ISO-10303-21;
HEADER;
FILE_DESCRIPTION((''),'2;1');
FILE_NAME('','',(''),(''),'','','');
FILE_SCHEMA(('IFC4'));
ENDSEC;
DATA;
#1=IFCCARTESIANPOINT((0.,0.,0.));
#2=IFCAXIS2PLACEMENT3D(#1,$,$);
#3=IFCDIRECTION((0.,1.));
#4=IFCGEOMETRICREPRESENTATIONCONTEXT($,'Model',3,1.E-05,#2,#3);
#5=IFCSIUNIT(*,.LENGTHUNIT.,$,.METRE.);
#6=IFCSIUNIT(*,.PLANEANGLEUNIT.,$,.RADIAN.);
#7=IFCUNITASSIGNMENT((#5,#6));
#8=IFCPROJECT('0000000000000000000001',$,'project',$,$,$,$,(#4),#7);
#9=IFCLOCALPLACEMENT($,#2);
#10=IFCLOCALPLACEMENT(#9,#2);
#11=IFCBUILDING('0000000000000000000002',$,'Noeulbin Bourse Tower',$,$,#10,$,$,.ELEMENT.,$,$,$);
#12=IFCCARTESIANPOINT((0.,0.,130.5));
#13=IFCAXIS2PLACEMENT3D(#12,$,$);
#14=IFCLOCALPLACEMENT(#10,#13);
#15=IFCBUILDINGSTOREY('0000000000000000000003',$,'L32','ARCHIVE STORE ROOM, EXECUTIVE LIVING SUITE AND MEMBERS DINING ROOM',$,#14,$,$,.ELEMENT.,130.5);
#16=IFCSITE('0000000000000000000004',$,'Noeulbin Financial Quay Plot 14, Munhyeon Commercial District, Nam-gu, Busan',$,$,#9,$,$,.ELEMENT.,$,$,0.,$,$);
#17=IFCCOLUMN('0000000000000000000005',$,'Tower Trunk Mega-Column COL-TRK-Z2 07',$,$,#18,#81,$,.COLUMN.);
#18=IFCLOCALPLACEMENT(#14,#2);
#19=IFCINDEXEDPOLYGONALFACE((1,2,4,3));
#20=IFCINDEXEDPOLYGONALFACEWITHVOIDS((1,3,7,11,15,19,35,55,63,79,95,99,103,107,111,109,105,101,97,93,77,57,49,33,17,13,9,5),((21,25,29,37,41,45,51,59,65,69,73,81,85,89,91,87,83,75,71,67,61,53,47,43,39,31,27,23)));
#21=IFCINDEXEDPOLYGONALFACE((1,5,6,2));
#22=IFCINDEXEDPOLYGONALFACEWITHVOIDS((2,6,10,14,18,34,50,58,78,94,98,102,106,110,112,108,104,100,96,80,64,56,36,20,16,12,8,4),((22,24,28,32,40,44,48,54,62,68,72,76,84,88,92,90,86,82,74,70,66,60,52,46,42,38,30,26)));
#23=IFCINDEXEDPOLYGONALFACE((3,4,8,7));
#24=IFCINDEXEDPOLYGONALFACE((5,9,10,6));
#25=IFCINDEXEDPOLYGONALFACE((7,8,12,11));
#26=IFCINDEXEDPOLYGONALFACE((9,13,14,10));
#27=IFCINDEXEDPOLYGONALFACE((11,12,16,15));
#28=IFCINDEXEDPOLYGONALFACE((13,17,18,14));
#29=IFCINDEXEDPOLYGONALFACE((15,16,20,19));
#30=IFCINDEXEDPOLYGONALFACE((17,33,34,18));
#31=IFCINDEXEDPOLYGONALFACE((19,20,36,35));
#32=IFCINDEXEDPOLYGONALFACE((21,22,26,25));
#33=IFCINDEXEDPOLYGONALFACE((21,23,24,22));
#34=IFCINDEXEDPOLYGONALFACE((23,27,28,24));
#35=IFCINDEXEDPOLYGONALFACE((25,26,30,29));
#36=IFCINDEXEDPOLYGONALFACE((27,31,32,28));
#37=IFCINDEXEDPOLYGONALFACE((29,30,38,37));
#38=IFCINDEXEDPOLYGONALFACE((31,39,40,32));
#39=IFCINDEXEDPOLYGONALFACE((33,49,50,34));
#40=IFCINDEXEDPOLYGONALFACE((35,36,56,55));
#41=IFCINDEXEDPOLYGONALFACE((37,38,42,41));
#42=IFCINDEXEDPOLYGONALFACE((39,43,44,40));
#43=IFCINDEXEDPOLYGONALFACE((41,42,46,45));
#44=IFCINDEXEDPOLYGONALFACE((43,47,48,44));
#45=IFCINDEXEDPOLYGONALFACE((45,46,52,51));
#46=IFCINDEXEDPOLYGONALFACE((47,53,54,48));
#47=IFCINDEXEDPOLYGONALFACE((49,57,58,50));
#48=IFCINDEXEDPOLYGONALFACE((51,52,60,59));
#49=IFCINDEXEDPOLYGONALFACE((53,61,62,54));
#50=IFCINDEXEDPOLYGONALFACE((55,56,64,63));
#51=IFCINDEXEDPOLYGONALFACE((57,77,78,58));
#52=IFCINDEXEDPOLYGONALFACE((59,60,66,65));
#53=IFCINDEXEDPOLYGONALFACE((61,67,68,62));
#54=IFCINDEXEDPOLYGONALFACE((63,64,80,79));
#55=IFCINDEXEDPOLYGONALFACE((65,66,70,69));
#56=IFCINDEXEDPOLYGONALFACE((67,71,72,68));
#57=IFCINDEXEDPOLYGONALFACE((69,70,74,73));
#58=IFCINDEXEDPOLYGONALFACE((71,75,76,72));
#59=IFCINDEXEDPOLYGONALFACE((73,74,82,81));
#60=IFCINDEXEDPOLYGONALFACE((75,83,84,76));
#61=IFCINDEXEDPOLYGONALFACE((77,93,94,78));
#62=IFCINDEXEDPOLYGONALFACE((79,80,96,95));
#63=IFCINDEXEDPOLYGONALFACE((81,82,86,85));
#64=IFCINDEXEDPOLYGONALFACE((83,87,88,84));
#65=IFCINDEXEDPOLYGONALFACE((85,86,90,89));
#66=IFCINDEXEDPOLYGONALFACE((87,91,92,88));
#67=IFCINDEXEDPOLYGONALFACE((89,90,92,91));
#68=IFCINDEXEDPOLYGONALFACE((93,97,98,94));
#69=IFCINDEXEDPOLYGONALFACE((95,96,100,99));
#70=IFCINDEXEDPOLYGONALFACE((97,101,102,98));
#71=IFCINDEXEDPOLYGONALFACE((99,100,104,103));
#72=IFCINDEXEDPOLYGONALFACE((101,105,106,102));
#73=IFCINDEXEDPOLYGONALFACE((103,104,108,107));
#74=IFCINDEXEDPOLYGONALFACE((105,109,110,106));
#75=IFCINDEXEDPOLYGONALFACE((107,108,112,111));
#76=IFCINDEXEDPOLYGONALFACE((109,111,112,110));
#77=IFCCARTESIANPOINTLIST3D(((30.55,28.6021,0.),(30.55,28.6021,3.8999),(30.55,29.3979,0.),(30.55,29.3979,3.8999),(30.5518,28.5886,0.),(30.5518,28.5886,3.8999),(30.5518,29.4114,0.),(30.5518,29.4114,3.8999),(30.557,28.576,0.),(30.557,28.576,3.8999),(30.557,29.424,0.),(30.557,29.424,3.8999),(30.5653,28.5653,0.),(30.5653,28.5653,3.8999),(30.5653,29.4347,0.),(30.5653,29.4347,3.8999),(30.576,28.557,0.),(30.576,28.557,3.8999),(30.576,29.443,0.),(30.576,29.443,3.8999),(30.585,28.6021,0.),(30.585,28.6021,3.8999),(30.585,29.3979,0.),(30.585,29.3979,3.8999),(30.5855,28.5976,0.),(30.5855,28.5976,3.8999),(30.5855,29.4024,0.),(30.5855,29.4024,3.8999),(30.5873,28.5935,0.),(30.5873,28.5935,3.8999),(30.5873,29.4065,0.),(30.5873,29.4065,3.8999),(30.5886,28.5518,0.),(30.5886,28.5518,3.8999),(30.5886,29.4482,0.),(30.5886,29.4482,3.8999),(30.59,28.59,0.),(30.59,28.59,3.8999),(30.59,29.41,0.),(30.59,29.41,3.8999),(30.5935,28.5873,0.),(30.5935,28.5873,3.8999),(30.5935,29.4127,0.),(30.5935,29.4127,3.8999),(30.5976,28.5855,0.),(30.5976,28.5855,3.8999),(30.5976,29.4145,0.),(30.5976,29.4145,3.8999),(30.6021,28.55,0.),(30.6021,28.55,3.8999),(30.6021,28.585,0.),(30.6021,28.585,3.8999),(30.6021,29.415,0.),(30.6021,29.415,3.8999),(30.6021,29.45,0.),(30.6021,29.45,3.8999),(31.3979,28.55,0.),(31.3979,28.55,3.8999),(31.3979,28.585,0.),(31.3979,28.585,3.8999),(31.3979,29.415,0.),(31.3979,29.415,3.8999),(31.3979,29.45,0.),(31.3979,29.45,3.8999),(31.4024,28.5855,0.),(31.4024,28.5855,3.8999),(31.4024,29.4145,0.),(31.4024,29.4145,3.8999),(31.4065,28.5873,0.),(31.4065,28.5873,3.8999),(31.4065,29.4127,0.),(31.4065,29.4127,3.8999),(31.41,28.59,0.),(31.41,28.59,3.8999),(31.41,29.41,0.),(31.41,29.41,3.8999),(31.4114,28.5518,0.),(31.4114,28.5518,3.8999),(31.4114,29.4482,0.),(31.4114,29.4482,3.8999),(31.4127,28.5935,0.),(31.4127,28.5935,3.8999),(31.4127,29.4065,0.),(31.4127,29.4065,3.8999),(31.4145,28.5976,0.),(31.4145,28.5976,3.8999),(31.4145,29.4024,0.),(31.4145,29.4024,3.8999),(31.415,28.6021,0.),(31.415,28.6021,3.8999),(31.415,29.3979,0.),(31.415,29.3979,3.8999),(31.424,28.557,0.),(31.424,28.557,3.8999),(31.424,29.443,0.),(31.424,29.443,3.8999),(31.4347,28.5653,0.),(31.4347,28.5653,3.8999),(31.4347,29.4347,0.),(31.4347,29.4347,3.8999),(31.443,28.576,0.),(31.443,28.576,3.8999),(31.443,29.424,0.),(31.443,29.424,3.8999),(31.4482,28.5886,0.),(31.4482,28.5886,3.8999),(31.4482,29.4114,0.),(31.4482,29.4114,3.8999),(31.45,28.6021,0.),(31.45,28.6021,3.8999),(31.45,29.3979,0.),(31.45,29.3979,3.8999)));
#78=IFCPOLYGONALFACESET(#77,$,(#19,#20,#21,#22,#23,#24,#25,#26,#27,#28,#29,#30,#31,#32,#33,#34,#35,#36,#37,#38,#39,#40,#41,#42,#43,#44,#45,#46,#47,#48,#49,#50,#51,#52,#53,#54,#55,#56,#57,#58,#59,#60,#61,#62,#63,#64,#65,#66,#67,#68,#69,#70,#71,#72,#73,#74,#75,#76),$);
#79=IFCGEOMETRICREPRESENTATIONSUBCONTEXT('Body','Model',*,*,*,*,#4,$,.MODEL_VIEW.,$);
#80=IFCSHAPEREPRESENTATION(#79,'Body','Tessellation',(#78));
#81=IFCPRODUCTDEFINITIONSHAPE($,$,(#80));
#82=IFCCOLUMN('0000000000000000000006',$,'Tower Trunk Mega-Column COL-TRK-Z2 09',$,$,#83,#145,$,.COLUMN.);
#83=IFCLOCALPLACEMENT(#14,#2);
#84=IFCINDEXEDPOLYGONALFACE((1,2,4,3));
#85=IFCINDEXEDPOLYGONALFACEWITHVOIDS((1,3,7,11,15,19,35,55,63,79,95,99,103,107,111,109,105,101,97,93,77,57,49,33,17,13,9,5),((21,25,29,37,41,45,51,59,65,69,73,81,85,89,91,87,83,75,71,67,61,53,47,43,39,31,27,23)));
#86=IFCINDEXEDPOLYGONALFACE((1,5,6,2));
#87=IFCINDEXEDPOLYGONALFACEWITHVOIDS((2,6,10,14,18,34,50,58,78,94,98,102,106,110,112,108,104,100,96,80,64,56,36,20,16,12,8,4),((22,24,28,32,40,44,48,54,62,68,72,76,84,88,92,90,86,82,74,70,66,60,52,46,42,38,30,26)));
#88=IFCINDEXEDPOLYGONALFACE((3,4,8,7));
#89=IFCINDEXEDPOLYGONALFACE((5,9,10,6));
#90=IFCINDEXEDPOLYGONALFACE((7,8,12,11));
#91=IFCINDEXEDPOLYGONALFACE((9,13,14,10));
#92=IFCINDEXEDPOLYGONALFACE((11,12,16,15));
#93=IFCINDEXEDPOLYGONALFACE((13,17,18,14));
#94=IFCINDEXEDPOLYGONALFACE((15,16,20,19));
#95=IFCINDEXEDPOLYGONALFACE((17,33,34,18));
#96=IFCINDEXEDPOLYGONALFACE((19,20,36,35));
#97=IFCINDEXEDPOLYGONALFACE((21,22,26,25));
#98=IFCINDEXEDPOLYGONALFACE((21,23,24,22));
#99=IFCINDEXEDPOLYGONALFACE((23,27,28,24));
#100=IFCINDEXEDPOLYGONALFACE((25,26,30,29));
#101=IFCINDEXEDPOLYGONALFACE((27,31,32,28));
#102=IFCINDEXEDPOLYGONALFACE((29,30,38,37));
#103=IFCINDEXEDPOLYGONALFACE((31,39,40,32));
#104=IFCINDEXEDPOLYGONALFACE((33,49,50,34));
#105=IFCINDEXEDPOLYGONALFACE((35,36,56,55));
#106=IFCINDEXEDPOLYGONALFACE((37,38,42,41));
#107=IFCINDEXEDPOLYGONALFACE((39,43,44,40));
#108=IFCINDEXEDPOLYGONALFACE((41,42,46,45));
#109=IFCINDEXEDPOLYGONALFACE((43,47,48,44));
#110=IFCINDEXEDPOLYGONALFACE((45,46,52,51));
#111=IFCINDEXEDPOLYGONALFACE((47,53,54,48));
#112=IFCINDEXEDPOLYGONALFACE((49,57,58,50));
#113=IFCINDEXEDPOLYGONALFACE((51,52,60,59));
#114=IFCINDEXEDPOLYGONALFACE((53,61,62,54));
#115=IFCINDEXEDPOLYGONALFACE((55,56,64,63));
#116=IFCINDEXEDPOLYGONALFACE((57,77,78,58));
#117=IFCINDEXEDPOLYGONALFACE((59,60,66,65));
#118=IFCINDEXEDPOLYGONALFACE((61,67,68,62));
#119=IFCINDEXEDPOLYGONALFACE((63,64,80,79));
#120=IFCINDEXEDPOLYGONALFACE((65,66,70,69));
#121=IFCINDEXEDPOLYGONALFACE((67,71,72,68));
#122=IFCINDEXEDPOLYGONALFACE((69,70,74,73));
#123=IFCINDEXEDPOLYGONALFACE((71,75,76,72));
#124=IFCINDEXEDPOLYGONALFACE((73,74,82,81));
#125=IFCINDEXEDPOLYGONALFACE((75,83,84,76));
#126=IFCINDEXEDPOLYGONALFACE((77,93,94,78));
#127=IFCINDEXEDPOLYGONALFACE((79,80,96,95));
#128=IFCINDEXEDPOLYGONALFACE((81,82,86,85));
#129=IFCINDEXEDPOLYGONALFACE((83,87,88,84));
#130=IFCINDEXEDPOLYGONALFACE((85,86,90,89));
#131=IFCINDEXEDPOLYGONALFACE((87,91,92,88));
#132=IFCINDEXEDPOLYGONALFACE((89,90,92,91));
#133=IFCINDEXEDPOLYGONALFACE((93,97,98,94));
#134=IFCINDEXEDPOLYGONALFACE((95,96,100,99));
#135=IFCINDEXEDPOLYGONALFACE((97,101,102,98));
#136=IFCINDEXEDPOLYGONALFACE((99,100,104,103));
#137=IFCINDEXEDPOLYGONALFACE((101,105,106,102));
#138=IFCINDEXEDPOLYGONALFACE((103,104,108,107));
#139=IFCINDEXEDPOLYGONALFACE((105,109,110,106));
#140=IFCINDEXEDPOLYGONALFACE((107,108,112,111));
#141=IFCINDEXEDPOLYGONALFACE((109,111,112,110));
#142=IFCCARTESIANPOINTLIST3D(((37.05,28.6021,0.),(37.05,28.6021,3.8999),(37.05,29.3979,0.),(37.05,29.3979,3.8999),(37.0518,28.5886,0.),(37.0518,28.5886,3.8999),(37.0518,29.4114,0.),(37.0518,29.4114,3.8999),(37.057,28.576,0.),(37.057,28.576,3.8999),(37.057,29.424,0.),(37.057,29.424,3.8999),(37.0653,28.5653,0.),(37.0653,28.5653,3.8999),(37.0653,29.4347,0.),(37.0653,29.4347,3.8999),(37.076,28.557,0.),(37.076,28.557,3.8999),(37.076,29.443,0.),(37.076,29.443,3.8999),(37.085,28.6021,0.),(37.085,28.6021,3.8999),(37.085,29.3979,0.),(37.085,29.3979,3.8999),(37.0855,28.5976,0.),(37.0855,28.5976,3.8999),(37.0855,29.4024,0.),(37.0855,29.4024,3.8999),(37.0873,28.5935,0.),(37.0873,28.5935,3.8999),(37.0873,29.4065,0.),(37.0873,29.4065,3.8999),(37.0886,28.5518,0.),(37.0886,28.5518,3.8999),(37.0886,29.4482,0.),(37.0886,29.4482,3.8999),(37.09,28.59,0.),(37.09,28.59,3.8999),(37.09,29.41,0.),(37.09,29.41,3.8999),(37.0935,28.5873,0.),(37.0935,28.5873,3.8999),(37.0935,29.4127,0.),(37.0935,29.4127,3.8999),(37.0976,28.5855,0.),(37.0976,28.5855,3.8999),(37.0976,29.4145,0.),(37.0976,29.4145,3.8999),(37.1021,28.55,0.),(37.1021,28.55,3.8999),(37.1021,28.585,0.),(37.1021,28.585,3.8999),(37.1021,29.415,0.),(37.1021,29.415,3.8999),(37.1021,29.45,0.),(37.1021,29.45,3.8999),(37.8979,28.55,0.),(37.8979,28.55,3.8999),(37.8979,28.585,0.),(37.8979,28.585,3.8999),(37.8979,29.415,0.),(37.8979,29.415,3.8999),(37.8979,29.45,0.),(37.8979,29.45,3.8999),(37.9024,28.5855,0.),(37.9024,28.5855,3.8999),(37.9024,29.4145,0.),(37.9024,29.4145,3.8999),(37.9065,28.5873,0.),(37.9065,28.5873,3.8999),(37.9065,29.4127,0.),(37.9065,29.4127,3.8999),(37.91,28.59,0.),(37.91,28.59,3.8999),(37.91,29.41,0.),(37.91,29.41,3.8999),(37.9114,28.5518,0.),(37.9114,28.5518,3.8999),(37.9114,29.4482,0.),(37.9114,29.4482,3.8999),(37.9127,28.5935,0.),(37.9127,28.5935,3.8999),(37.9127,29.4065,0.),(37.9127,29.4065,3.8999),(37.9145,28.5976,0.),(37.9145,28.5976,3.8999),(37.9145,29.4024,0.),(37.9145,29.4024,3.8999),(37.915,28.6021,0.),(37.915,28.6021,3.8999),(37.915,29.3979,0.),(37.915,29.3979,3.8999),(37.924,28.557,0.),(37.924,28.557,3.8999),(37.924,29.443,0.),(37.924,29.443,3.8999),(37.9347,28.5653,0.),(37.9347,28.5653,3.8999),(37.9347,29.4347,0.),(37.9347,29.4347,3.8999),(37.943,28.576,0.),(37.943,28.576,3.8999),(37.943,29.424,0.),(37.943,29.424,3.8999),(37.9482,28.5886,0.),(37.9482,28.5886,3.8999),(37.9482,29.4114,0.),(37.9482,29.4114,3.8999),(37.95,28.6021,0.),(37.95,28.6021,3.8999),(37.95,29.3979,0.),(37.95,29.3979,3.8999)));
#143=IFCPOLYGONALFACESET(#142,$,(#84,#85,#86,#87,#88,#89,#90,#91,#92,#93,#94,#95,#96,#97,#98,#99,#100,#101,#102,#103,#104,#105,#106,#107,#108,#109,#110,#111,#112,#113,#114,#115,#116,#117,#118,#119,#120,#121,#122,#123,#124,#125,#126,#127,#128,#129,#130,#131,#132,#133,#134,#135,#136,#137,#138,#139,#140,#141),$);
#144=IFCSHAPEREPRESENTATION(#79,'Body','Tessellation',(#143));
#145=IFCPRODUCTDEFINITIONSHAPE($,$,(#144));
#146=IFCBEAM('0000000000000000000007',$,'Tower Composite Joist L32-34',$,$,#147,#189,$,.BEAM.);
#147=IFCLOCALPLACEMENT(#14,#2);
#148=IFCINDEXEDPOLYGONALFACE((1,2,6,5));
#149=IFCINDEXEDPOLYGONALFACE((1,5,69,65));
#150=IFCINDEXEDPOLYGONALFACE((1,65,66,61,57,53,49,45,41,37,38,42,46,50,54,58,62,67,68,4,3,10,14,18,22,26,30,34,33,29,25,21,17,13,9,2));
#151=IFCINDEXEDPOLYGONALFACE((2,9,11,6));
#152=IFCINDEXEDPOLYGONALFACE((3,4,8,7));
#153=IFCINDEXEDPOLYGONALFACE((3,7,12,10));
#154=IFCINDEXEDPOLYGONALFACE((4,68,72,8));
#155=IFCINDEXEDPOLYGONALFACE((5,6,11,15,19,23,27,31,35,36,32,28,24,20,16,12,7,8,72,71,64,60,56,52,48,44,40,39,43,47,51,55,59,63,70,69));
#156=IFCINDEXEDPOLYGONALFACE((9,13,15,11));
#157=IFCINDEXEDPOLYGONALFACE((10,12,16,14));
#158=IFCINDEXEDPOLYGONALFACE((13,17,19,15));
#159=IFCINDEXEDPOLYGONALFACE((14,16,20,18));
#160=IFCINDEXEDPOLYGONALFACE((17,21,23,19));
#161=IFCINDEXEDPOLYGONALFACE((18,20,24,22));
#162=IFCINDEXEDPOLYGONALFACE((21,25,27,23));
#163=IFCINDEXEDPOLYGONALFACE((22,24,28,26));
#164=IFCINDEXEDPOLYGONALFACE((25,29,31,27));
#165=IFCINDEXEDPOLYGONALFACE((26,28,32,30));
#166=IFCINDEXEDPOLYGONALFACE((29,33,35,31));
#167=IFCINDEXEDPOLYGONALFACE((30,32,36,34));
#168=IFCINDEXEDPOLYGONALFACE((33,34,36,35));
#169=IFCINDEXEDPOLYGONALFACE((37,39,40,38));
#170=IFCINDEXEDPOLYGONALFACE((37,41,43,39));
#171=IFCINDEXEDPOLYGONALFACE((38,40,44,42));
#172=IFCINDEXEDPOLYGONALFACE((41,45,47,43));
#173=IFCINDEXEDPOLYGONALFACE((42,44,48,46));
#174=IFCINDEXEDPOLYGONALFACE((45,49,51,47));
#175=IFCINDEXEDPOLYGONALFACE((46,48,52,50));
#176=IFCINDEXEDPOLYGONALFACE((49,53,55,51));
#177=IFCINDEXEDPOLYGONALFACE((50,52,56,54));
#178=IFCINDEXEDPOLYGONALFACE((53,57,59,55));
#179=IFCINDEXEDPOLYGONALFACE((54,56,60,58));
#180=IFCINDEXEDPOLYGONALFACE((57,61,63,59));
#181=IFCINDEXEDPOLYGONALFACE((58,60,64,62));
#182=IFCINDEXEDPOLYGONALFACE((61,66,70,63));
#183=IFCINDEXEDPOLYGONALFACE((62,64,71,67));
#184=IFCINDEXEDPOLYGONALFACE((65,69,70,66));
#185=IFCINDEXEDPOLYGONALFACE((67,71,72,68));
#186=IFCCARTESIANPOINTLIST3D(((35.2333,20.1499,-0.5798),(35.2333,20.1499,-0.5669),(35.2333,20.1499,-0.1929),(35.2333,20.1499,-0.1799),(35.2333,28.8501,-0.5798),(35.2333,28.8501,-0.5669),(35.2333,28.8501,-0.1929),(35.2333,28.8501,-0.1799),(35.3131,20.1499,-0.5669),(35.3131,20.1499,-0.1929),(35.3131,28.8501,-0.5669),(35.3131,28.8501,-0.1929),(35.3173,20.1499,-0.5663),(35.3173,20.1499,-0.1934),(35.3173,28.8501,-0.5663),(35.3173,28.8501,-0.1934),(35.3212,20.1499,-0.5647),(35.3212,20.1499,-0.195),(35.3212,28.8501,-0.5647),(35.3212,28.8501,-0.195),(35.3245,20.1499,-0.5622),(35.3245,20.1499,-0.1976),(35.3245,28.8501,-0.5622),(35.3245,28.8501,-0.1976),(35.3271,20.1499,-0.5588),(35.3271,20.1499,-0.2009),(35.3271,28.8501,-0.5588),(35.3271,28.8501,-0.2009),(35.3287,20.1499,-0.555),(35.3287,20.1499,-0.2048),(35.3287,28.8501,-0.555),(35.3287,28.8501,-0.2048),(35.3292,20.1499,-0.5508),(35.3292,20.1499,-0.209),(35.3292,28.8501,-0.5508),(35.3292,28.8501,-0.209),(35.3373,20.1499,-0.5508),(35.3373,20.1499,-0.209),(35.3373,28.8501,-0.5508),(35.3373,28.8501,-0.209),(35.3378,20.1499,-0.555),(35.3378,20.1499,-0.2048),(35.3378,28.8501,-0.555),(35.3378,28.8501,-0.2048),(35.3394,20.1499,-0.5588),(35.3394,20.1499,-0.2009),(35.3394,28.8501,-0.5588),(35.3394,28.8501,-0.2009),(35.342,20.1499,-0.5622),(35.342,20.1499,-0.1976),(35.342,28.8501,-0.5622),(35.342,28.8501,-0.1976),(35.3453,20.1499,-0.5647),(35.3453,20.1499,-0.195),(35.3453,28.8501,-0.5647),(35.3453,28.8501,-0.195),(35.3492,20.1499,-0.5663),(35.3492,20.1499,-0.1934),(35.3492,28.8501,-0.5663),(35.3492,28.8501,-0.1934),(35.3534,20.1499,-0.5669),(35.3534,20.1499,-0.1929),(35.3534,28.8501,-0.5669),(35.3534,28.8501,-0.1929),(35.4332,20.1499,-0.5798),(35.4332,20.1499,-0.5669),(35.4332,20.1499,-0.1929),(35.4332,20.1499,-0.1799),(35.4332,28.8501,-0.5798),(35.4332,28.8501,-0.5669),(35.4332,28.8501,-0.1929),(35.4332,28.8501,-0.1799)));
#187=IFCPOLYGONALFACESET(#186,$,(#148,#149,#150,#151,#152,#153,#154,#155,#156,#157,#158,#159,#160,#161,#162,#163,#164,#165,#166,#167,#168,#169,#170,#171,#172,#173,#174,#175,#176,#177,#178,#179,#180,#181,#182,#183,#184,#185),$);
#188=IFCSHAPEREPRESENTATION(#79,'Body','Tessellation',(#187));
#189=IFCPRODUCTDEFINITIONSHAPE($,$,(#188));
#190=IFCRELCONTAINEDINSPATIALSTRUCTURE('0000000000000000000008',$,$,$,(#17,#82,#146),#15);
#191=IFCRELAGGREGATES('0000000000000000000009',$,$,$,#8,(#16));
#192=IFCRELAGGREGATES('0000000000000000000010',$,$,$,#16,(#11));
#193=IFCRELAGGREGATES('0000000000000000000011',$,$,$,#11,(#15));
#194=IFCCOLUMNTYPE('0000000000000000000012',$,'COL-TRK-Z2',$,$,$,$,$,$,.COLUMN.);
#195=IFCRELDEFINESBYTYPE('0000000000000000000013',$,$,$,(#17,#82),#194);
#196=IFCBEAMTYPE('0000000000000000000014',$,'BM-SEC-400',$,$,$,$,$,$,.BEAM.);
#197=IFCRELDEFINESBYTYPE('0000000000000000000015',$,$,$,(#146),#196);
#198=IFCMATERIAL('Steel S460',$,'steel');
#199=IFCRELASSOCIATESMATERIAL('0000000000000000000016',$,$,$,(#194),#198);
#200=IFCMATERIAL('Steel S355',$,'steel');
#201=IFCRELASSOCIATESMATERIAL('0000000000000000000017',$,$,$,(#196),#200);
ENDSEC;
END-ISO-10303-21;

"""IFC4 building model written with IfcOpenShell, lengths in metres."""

from ifc_helpers import new_model, si_unit, direction, frame, origin, origin_2d, place, context, subcontext, project, spatial, hollow_rectangle, i_section, extrude, material, material_profile, profile_set, type_object, element, save


model = new_model("IFC4")

# Units and contexts
model_context = context("Model", 3, precision=1e-05, world=origin(), true_north=direction((0.0, 1.0)))
body_context = subcontext(model_context, "Body", "Model", "MODEL_VIEW")
ifc_project = project(units=[si_unit("LENGTHUNIT", "METRE"), si_unit("PLANEANGLEUNIT", "RADIAN")], contexts=[model_context])

# Site, building, storey
site_placement = place(None, origin())
site = spatial("IfcSite", under=ifc_project, at=site_placement, Name="Noeulbin Financial Quay Plot 14, Munhyeon Commercial District, Nam-gu, Busan", CompositionType="ELEMENT", RefElevation=0.0)
building_placement = place(site_placement, origin())
building = spatial("IfcBuilding", under=site, at=building_placement, Name="Noeulbin Bourse Tower", CompositionType="ELEMENT")
storey_placement = place(building_placement, frame((0.0, 0.0, 130.5)))
storey = spatial("IfcBuildingStorey", under=building, at=storey_placement, Name="L32", Description="ARCHIVE STORE ROOM, EXECUTIVE LIVING SUITE AND MEMBERS DINING ROOM", CompositionType="ELEMENT", Elevation=130.5)

# Columns
ifc_material_1 = material(Name="Steel S460", Category="steel")
ifc_material_profile_1 = material_profile(ifc_material_1, hollow_rectangle(XDim=0.8999, YDim=0.8999, WallThickness=0.0349, InnerFilletRadius=0.0171, OuterFilletRadius=0.052, at=origin_2d()), Name="BOX-900x900x35", Category="LoadBearing")
ifc_profile_set_1 = profile_set([ifc_material_profile_1], Name="Steel S460")
column_type = type_object("IfcColumnType", Name="COL-TRK-Z2", PredefinedType="COLUMN", material=ifc_profile_set_1)
for number, where, z_axis, x_axis, name in (
    (1, (31.0, 29.0, 0.0), (0.0, 0.0, 1.0), (1.0, 0.0, 0.0), "Tower Trunk Mega-Column COL-TRK-Z2 07"),
    (2, (37.5, 29.0, 0.0), (0.0, 0.0, 1.0), (1.0, 0.0, 0.0), "Tower Trunk Mega-Column COL-TRK-Z2 09"),
):
    element("IfcColumn", number, at=place(storey_placement, frame(where, z_axis=z_axis, x_axis=x_axis)), inside=storey, type_object=column_type, Name=name, PredefinedType="COLUMN", context=body_context, shape_type="SweptSolid", body=[
        extrude(hollow_rectangle(XDim=0.8999, YDim=0.8999, WallThickness=0.0349, InnerFilletRadius=0.0171, OuterFilletRadius=0.052, at=origin_2d()), origin(), (0.0, 0.0, 1.0), 3.8999),
    ])

# Beam
ifc_material_2 = material(Name="Steel S355", Category="steel")
ifc_material_profile_2 = material_profile(ifc_material_2, i_section(OverallWidth=0.2, OverallDepth=0.3999, WebThickness=0.0081, FlangeThickness=0.0129, FilletRadius=0.0161, at=origin_2d()), Name="H-400x200x8x13", Category="LoadBearing")
ifc_profile_set_2 = profile_set([ifc_material_profile_2], Name="Steel S355")
beam_type = type_object("IfcBeamType", Name="BM-SEC-400", PredefinedType="BEAM", material=ifc_profile_set_2)
for number, where, z_axis, x_axis, name in (
    (3, (35.3333, 20.1499, -0.3799), (0.0, 1.0, 0.0), (-1.0, 0.0, 0.0), "Tower Composite Joist L32-34"),
):
    element("IfcBeam", number, at=place(storey_placement, frame(where, z_axis=z_axis, x_axis=x_axis)), inside=storey, type_object=beam_type, Name=name, PredefinedType="BEAM", context=body_context, shape_type="SweptSolid", body=[
        extrude(i_section(OverallWidth=0.2, OverallDepth=0.3999, WebThickness=0.0081, FlangeThickness=0.0129, FilletRadius=0.0161, at=origin_2d()), origin(), (0.0, 0.0, 1.0), 8.7002),
    ])

save(model, "model.ifc")
